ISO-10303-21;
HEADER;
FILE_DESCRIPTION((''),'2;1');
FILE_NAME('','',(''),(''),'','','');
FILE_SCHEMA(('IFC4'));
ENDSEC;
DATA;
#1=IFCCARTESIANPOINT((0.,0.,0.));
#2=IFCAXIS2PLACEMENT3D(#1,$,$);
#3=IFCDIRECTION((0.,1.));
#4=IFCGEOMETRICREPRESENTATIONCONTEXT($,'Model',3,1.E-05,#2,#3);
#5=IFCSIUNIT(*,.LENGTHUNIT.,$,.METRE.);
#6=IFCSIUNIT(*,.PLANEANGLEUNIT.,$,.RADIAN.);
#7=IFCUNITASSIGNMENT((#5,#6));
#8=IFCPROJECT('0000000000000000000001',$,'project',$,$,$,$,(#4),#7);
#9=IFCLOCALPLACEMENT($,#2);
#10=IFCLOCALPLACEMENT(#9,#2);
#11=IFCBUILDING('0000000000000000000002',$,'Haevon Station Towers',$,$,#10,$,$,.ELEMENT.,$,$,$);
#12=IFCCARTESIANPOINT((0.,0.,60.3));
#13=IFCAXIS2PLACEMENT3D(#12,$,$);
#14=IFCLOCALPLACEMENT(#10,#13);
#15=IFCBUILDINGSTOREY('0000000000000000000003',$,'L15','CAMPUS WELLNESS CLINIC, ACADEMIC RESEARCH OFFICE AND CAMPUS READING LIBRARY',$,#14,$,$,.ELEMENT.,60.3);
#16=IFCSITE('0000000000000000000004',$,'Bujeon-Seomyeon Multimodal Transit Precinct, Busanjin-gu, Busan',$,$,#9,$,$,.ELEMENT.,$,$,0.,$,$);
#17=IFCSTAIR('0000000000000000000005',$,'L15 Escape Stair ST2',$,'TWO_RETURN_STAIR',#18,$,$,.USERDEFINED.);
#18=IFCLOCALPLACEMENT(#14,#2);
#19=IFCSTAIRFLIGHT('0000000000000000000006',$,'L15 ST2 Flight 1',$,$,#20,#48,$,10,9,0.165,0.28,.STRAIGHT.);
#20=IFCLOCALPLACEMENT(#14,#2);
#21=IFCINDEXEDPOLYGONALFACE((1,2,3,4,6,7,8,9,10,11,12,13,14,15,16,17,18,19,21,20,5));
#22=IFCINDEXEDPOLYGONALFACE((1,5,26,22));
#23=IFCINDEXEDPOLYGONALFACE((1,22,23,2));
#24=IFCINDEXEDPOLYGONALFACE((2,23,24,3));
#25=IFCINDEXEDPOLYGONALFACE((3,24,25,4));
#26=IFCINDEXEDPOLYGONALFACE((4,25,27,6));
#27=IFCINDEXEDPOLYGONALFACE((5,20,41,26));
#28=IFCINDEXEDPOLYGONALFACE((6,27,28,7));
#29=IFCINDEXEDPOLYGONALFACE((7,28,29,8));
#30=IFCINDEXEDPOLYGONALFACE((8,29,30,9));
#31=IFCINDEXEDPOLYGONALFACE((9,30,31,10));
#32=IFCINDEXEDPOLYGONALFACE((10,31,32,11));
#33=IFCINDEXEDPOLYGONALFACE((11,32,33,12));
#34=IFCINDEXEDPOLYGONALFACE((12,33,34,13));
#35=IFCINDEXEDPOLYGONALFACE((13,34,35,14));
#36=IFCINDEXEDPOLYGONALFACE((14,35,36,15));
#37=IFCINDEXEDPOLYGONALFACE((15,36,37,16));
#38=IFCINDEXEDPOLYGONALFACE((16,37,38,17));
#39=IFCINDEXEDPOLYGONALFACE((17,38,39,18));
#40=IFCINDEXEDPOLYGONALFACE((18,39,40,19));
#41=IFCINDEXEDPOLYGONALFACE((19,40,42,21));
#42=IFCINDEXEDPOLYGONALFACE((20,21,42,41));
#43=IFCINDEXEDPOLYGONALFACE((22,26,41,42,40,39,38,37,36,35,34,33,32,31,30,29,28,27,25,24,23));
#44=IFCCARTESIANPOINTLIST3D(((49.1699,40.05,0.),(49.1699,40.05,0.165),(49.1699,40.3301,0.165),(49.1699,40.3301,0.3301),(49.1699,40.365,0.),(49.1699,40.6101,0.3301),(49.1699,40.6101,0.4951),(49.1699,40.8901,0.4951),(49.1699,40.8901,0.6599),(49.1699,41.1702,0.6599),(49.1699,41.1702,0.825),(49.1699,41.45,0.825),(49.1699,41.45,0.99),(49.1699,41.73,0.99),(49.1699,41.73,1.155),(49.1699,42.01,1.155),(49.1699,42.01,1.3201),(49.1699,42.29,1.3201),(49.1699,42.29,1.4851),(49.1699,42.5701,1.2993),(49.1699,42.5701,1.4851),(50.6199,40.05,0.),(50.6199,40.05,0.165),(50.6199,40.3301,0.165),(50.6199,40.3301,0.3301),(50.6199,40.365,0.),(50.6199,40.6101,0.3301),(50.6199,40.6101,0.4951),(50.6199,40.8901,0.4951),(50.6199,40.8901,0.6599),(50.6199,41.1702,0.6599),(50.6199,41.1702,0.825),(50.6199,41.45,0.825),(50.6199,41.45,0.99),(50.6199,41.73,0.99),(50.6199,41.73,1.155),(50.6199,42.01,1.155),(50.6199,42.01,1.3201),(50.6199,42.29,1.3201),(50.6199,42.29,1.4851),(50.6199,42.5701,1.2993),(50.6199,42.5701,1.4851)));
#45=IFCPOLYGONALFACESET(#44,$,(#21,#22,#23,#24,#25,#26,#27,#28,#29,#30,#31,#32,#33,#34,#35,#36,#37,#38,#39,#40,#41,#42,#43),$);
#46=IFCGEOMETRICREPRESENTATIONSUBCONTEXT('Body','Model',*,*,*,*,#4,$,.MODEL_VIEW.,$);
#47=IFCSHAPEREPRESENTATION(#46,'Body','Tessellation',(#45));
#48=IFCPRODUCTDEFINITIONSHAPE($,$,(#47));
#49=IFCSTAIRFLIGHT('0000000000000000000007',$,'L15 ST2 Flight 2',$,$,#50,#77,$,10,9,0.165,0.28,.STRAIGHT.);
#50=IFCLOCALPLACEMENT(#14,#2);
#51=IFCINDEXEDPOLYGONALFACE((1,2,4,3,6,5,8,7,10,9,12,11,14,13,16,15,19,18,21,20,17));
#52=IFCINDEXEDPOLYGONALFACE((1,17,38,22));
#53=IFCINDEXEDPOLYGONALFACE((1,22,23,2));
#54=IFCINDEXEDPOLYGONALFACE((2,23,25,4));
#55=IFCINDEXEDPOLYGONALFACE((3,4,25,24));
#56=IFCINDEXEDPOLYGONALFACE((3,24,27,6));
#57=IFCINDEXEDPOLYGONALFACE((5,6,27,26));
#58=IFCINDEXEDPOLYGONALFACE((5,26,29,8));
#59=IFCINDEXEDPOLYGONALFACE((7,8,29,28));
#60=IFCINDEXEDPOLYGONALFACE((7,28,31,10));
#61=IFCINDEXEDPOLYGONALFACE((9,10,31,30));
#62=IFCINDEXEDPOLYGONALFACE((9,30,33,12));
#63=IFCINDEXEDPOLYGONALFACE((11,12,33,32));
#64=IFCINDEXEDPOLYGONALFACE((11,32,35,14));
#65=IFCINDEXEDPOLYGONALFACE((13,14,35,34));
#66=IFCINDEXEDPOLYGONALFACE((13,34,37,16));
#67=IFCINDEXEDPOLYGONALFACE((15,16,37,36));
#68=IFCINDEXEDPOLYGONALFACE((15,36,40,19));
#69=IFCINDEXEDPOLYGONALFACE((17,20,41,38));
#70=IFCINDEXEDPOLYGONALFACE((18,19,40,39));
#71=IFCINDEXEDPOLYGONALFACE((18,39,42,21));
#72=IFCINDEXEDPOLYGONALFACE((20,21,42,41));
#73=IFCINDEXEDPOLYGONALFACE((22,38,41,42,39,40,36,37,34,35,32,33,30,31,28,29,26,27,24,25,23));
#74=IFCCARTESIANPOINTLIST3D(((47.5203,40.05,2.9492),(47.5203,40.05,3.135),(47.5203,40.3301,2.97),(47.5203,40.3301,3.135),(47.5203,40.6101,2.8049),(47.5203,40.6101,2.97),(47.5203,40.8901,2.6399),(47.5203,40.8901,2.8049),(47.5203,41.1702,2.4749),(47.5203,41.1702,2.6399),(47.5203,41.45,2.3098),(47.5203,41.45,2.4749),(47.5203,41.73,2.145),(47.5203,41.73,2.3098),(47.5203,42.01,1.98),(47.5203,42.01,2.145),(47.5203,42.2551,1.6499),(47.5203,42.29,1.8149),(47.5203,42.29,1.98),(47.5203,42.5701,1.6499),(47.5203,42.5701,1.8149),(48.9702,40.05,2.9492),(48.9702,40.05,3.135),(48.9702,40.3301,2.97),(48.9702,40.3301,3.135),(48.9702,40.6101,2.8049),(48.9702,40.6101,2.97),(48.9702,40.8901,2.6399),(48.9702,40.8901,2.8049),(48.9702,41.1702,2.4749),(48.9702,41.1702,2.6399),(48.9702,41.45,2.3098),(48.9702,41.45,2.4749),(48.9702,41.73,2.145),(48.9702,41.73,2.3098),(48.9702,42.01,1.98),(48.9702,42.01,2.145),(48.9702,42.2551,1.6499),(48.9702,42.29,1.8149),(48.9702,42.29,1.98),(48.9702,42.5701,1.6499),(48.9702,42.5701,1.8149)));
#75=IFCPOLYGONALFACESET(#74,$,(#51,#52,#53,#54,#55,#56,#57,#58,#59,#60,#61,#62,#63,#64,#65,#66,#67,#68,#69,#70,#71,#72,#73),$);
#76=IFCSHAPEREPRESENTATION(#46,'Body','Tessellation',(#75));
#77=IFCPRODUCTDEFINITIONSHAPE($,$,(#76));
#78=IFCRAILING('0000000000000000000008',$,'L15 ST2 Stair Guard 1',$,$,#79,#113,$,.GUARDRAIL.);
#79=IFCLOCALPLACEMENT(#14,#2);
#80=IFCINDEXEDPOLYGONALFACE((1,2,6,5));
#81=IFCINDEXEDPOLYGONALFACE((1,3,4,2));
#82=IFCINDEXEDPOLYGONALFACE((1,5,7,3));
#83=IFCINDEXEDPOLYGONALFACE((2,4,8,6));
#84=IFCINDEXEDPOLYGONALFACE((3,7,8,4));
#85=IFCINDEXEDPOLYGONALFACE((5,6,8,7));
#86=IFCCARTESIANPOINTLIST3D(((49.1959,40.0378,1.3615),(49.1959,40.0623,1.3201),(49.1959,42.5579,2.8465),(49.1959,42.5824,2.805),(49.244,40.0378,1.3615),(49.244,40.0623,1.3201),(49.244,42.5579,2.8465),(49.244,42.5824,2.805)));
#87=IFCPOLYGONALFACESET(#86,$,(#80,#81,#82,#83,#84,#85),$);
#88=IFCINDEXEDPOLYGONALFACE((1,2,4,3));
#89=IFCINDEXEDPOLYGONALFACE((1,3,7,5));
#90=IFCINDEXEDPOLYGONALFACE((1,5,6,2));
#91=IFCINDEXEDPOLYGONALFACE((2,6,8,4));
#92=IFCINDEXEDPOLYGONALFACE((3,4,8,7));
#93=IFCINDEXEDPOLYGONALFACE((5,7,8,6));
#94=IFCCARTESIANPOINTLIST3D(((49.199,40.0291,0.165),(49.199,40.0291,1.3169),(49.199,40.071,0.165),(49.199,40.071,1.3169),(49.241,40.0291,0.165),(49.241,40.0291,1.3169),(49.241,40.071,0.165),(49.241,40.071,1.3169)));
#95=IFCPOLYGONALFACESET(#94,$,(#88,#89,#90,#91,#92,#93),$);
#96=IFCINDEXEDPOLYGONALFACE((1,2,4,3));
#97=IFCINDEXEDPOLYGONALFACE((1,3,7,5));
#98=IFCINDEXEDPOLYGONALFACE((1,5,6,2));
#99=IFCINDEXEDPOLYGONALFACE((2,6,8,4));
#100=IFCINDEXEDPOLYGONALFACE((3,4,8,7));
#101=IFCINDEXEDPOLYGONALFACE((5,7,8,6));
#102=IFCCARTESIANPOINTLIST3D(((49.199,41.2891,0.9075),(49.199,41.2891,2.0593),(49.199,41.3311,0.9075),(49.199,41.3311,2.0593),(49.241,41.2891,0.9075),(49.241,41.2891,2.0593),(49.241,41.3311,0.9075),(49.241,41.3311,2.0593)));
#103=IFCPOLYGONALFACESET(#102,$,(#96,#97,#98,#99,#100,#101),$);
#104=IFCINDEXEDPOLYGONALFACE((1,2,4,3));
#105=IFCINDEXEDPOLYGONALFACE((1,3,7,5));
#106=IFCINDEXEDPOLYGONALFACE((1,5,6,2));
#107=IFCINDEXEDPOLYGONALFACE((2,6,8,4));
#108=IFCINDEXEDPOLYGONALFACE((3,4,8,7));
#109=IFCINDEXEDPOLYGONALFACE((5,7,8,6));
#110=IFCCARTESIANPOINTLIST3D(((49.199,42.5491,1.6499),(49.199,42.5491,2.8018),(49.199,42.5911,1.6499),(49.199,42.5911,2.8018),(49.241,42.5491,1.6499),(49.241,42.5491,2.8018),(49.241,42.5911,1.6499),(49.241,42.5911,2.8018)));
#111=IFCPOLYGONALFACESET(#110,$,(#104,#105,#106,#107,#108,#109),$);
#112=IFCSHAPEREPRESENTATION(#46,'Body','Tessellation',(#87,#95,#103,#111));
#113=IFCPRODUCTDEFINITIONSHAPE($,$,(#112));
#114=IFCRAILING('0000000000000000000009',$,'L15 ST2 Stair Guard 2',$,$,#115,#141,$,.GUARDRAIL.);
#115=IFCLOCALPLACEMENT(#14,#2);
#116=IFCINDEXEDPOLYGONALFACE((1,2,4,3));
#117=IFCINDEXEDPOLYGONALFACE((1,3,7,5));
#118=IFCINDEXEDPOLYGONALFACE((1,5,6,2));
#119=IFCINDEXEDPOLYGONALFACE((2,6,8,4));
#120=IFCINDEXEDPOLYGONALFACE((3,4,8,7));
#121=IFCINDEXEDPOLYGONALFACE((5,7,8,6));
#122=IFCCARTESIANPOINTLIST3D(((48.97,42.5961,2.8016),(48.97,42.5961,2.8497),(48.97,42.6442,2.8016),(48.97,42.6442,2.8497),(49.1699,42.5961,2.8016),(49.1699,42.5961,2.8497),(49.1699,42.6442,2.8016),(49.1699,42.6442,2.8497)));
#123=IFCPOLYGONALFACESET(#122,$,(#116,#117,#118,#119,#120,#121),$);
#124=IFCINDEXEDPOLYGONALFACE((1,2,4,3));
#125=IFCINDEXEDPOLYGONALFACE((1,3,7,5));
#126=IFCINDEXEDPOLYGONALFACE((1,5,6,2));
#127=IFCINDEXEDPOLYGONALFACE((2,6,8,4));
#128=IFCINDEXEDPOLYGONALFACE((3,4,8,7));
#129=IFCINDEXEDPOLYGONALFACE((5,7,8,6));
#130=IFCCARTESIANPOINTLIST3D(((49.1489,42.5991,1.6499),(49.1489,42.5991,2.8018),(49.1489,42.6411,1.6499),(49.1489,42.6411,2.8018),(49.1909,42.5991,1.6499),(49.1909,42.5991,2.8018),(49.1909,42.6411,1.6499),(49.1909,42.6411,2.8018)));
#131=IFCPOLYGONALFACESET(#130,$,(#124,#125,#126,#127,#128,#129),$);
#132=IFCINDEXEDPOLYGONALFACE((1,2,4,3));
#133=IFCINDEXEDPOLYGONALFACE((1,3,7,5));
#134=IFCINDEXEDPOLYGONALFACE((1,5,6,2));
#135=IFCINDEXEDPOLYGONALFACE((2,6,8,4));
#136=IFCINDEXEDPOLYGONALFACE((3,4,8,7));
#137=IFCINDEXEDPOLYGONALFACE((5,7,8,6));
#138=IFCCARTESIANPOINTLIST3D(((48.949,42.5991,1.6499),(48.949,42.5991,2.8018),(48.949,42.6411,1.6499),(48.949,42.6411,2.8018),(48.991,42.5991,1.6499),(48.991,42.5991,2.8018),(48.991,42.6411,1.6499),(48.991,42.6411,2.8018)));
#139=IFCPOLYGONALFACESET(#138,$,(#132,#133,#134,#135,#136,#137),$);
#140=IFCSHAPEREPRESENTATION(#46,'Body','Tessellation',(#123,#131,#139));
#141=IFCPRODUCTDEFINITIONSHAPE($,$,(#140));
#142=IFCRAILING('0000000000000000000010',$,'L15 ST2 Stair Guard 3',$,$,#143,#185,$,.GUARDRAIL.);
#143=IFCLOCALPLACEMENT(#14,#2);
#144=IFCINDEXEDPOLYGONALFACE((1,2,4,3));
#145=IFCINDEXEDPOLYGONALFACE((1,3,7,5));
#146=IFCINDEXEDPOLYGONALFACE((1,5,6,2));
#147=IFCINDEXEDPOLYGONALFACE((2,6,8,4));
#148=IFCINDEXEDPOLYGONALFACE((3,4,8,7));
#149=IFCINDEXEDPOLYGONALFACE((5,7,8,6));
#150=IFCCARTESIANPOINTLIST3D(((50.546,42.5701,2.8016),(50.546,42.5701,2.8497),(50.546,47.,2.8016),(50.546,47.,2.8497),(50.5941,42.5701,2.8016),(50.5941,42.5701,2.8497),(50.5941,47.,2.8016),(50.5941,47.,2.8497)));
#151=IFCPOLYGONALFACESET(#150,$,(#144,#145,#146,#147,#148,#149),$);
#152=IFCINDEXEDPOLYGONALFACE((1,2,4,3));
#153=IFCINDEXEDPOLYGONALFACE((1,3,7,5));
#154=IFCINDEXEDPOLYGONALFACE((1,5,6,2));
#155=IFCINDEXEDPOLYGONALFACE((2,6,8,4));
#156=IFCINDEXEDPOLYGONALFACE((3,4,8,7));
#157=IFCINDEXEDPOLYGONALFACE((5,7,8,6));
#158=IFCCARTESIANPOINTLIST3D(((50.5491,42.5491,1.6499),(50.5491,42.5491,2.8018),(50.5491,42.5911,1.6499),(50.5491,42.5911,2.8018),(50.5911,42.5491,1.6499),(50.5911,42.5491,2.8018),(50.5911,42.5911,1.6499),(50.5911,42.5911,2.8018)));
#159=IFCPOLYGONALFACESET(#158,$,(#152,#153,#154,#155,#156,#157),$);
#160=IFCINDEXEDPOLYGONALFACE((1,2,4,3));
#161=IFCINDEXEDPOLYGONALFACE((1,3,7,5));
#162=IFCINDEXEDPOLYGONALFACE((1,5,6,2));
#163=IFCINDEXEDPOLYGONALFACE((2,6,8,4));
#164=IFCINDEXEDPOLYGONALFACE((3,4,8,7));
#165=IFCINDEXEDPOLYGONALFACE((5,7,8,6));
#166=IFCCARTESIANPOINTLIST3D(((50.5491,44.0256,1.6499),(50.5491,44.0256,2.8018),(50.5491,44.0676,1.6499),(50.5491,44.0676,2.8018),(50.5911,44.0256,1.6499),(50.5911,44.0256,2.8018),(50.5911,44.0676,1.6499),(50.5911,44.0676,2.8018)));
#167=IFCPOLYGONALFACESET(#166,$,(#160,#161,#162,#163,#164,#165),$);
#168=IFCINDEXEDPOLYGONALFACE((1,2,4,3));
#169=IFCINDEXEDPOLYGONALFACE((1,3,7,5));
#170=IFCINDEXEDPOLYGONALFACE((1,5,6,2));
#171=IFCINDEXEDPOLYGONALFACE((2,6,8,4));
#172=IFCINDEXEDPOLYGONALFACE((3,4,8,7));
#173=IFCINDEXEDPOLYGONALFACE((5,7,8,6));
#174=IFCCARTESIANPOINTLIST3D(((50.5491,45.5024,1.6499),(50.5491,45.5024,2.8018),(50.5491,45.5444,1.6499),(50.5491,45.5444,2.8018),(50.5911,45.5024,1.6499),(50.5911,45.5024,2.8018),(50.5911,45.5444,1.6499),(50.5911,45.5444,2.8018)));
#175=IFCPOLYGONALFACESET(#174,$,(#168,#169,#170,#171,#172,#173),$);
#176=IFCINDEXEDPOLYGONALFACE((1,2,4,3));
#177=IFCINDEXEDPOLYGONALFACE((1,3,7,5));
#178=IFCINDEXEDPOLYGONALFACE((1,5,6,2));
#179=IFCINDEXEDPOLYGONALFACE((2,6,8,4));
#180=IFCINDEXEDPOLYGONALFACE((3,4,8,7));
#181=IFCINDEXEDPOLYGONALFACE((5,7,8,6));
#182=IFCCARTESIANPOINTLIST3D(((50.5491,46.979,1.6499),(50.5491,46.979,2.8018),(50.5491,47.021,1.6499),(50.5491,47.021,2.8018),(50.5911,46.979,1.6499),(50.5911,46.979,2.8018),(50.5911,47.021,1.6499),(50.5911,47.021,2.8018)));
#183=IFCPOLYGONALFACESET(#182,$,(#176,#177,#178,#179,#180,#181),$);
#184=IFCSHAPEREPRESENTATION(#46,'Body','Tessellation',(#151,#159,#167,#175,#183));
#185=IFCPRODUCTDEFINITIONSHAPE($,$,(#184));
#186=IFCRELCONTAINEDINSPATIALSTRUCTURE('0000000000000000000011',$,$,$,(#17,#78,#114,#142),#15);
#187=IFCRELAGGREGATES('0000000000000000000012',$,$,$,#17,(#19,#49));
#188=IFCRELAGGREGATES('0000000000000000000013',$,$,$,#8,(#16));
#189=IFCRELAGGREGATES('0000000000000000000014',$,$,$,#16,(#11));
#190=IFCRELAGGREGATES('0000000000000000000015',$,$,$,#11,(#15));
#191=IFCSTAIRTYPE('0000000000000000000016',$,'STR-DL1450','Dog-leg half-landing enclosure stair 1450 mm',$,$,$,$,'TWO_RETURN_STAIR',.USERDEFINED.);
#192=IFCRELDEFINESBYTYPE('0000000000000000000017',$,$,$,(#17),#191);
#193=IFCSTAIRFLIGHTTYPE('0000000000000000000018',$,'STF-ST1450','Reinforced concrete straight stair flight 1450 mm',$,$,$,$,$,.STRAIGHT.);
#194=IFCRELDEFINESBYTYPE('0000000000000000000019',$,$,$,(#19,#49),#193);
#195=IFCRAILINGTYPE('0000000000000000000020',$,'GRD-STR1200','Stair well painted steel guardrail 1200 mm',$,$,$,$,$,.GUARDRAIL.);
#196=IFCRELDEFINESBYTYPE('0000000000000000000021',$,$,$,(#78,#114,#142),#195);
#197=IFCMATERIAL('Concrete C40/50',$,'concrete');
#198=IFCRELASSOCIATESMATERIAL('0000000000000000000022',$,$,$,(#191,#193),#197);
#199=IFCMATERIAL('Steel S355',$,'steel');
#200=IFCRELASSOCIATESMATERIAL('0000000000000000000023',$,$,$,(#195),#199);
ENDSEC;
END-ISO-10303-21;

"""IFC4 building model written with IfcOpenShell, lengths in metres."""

from ifc_helpers import new_model, si_unit, direction, frame, origin, origin_2d, place, context, subcontext, project, spatial, polyline, rectangle, outline, extrude, material, type_object, element, aggregate, save


model = new_model("IFC4")

# Units and contexts
model_context = context("Model", 3, precision=1e-05, world=origin(), true_north=direction((0.0, 1.0)))
body_context = subcontext(model_context, "Body", "Model", "MODEL_VIEW")
ifc_project = project(units=[si_unit("LENGTHUNIT", "METRE"), si_unit("PLANEANGLEUNIT", "RADIAN")], contexts=[model_context])

# Site, building, storey
site_placement = place(None, origin())
site = spatial("IfcSite", under=ifc_project, at=site_placement, Name="Bujeon-Seomyeon Multimodal Transit Precinct, Busanjin-gu, Busan", CompositionType="ELEMENT", RefElevation=0.0)
building_placement = place(site_placement, origin())
building = spatial("IfcBuilding", under=site, at=building_placement, Name="Haevon Station Towers", CompositionType="ELEMENT")
storey_placement = place(building_placement, frame((0.0, 0.0, 60.3)))
storey = spatial("IfcBuildingStorey", under=building, at=storey_placement, Name="L15", Description="CAMPUS WELLNESS CLINIC, ACADEMIC RESEARCH OFFICE AND CAMPUS READING LIBRARY", CompositionType="ELEMENT", Elevation=60.3)

# Shared definitions
ifc_material_1 = material(Name="Steel S355", Category="steel")

# Shared definitions
ifc_material_2 = material(Name="Concrete C40/50", Category="concrete")

# Stair, stair flights
stair_type = type_object("IfcStairType", Name="STR-DL1450", Description="Dog-leg half-landing enclosure stair 1450 mm", ElementType="TWO_RETURN_STAIR", PredefinedType="USERDEFINED", material=ifc_material_2)
stair_placement = place(storey_placement, origin())
stair = element("IfcStair", 1, at=stair_placement, inside=storey, type_object=stair_type, Name="L15 Escape Stair ST2", ObjectType="TWO_RETURN_STAIR", PredefinedType="USERDEFINED")
stair_flight_type = type_object("IfcStairFlightType", Name="STF-ST1450", Description="Reinforced concrete straight stair flight 1450 mm", PredefinedType="STRAIGHT", material=ifc_material_2)
stair_flight_1_placement = place(storey_placement, frame((49.895, 40.05, 0.0), z_axis=(0.0, 0.0, 1.0), x_axis=(0.0, 1.0, 0.0)))
stair_flight_1 = element("IfcStairFlight", 2, at=stair_flight_1_placement, type_object=stair_flight_type, Name="L15 ST2 Flight 1", NumberOfRisers=10, NumberOfTreads=9, PredefinedType="STRAIGHT", RiserHeight=0.165, TreadLength=0.28, context=body_context, shape_type="SweptSolid", body=[
    extrude(outline(polyline([(0.0, 0.0), (0.0, 0.165), (0.28, 0.165), (0.28, 0.3301), (0.5601, 0.3301), (0.5601, 0.4951), (0.8401, 0.4951), (0.8401, 0.6599), (1.1201, 0.6599), (1.1201, 0.825), (1.3999, 0.825), (1.3999, 0.99), (1.6799, 0.99), (1.6799, 1.155), (1.96, 1.155), (1.96, 1.3201), (2.24, 1.3201), (2.24, 1.4851), (2.52, 1.4851), (2.52, 1.6499), (2.52, 1.2993), (0.3149, 0.0), (0.0, 0.0)])), frame((0.0, 0.7251, 0.0), z_axis=(0.0, -1.0, 0.0), x_axis=(1.0, 0.0, 0.0)), (0.0, 0.0, 1.0), 1.45),
])
stair_flight_2_placement = place(storey_placement, frame((48.2451, 42.5701, 1.6499), z_axis=(0.0, 0.0, 1.0), x_axis=(0.0, -1.0, 0.0)))
stair_flight_2 = element("IfcStairFlight", 3, at=stair_flight_2_placement, type_object=stair_flight_type, Name="L15 ST2 Flight 2", NumberOfRisers=10, NumberOfTreads=9, PredefinedType="STRAIGHT", RiserHeight=0.165, TreadLength=0.28, context=body_context, shape_type="SweptSolid", body=[
    extrude(outline(polyline([(0.0, 0.0), (0.0, 0.165), (0.28, 0.165), (0.28, 0.3301), (0.5601, 0.3301), (0.5601, 0.4951), (0.8401, 0.4951), (0.8401, 0.6599), (1.1201, 0.6599), (1.1201, 0.825), (1.3999, 0.825), (1.3999, 0.99), (1.6799, 0.99), (1.6799, 1.155), (1.96, 1.155), (1.96, 1.3201), (2.24, 1.3201), (2.24, 1.4851), (2.52, 1.4851), (2.52, 1.6499), (2.52, 1.2993), (0.3149, 0.0), (0.0, 0.0)])), frame((0.0, 0.7251, 0.0), z_axis=(0.0, -1.0, 0.0), x_axis=(1.0, 0.0, 0.0)), (0.0, 0.0, 1.0), 1.45),
])
aggregate(stair, [stair_flight_1, stair_flight_2])

# Railings
railing_type_1 = type_object("IfcRailingType", Name="GRD-STR1200", Description="Stair well painted steel guardrail 1200 mm", PredefinedType="GUARDRAIL", material=ifc_material_1)
railing_1_placement = place(storey_placement, frame((49.22, 40.05, 0.165)))
element("IfcRailing", 4, at=railing_1_placement, inside=storey, type_object=railing_type_1, Name="L15 ST2 Stair Guard 1", PredefinedType="GUARDRAIL", context=body_context, shape_type="SweptSolid", body=[
    extrude(rectangle(XDim=0.0481, YDim=0.0481, at=origin_2d()), frame((0.0, 0.0, 1.1758), z_axis=(0.0, 0.861561, 0.507655), x_axis=(-1.0, 0.0, 0.0)), (0.0, 0.0, 1.0), 2.925),
    extrude(rectangle(XDim=0.042, YDim=0.042, at=origin_2d()), origin(), (0.0, 0.0, 1.0), 1.1519),
    extrude(rectangle(XDim=0.042, YDim=0.042, at=origin_2d()), frame((0.0, 1.26, 0.7424)), (0.0, 0.0, 1.0), 1.1519),
    extrude(rectangle(XDim=0.042, YDim=0.042, at=origin_2d()), frame((0.0, 2.52, 1.4849)), (0.0, 0.0, 1.0), 1.1519),
])
railing_2_placement = place(storey_placement, frame((49.1699, 42.6201, 1.6499)))
element("IfcRailing", 5, at=railing_2_placement, inside=storey, type_object=railing_type_1, Name="L15 ST2 Stair Guard 2", PredefinedType="GUARDRAIL", context=body_context, shape_type="SweptSolid", body=[
    extrude(rectangle(XDim=0.0481, YDim=0.0481, at=origin_2d()), frame((0.0, 0.0, 1.1758), z_axis=(-1.0, 0.0, 0.0), x_axis=(0.0, -1.0, 0.0)), (0.0, 0.0, 1.0), 0.2),
    extrude(rectangle(XDim=0.042, YDim=0.042, at=origin_2d()), origin(), (0.0, 0.0, 1.0), 1.1519),
    extrude(rectangle(XDim=0.042, YDim=0.042, at=origin_2d()), frame((-0.2, 0.0, 0.0)), (0.0, 0.0, 1.0), 1.1519),
])
for number, where, name in (
    (6, (50.5701, 42.5701, 1.6499), "L15 ST2 Stair Guard 3"),
):
    element("IfcRailing", number, at=place(storey_placement, frame(where)), inside=storey, type_object=railing_type_1, Name=name, PredefinedType="GUARDRAIL", context=body_context, shape_type="SweptSolid", body=[
        extrude(rectangle(XDim=0.0481, YDim=0.0481, at=origin_2d()), frame((0.0, 0.0, 1.1758), z_axis=(0.0, 1.0, 0.0), x_axis=(-1.0, 0.0, 0.0)), (0.0, 0.0, 1.0), 4.4299),
        extrude(rectangle(XDim=0.042, YDim=0.042, at=origin_2d()), origin(), (0.0, 0.0, 1.0), 1.1519),
        extrude(rectangle(XDim=0.042, YDim=0.042, at=origin_2d()), frame((0.0, 1.4766, 0.0)), (0.0, 0.0, 1.0), 1.1519),
        extrude(rectangle(XDim=0.042, YDim=0.042, at=origin_2d()), frame((0.0, 2.9534, 0.0)), (0.0, 0.0, 1.0), 1.1519),
        extrude(rectangle(XDim=0.042, YDim=0.042, at=origin_2d()), frame((0.0, 4.4299, 0.0)), (0.0, 0.0, 1.0), 1.1519),
    ])

save(model, "model.ifc")
